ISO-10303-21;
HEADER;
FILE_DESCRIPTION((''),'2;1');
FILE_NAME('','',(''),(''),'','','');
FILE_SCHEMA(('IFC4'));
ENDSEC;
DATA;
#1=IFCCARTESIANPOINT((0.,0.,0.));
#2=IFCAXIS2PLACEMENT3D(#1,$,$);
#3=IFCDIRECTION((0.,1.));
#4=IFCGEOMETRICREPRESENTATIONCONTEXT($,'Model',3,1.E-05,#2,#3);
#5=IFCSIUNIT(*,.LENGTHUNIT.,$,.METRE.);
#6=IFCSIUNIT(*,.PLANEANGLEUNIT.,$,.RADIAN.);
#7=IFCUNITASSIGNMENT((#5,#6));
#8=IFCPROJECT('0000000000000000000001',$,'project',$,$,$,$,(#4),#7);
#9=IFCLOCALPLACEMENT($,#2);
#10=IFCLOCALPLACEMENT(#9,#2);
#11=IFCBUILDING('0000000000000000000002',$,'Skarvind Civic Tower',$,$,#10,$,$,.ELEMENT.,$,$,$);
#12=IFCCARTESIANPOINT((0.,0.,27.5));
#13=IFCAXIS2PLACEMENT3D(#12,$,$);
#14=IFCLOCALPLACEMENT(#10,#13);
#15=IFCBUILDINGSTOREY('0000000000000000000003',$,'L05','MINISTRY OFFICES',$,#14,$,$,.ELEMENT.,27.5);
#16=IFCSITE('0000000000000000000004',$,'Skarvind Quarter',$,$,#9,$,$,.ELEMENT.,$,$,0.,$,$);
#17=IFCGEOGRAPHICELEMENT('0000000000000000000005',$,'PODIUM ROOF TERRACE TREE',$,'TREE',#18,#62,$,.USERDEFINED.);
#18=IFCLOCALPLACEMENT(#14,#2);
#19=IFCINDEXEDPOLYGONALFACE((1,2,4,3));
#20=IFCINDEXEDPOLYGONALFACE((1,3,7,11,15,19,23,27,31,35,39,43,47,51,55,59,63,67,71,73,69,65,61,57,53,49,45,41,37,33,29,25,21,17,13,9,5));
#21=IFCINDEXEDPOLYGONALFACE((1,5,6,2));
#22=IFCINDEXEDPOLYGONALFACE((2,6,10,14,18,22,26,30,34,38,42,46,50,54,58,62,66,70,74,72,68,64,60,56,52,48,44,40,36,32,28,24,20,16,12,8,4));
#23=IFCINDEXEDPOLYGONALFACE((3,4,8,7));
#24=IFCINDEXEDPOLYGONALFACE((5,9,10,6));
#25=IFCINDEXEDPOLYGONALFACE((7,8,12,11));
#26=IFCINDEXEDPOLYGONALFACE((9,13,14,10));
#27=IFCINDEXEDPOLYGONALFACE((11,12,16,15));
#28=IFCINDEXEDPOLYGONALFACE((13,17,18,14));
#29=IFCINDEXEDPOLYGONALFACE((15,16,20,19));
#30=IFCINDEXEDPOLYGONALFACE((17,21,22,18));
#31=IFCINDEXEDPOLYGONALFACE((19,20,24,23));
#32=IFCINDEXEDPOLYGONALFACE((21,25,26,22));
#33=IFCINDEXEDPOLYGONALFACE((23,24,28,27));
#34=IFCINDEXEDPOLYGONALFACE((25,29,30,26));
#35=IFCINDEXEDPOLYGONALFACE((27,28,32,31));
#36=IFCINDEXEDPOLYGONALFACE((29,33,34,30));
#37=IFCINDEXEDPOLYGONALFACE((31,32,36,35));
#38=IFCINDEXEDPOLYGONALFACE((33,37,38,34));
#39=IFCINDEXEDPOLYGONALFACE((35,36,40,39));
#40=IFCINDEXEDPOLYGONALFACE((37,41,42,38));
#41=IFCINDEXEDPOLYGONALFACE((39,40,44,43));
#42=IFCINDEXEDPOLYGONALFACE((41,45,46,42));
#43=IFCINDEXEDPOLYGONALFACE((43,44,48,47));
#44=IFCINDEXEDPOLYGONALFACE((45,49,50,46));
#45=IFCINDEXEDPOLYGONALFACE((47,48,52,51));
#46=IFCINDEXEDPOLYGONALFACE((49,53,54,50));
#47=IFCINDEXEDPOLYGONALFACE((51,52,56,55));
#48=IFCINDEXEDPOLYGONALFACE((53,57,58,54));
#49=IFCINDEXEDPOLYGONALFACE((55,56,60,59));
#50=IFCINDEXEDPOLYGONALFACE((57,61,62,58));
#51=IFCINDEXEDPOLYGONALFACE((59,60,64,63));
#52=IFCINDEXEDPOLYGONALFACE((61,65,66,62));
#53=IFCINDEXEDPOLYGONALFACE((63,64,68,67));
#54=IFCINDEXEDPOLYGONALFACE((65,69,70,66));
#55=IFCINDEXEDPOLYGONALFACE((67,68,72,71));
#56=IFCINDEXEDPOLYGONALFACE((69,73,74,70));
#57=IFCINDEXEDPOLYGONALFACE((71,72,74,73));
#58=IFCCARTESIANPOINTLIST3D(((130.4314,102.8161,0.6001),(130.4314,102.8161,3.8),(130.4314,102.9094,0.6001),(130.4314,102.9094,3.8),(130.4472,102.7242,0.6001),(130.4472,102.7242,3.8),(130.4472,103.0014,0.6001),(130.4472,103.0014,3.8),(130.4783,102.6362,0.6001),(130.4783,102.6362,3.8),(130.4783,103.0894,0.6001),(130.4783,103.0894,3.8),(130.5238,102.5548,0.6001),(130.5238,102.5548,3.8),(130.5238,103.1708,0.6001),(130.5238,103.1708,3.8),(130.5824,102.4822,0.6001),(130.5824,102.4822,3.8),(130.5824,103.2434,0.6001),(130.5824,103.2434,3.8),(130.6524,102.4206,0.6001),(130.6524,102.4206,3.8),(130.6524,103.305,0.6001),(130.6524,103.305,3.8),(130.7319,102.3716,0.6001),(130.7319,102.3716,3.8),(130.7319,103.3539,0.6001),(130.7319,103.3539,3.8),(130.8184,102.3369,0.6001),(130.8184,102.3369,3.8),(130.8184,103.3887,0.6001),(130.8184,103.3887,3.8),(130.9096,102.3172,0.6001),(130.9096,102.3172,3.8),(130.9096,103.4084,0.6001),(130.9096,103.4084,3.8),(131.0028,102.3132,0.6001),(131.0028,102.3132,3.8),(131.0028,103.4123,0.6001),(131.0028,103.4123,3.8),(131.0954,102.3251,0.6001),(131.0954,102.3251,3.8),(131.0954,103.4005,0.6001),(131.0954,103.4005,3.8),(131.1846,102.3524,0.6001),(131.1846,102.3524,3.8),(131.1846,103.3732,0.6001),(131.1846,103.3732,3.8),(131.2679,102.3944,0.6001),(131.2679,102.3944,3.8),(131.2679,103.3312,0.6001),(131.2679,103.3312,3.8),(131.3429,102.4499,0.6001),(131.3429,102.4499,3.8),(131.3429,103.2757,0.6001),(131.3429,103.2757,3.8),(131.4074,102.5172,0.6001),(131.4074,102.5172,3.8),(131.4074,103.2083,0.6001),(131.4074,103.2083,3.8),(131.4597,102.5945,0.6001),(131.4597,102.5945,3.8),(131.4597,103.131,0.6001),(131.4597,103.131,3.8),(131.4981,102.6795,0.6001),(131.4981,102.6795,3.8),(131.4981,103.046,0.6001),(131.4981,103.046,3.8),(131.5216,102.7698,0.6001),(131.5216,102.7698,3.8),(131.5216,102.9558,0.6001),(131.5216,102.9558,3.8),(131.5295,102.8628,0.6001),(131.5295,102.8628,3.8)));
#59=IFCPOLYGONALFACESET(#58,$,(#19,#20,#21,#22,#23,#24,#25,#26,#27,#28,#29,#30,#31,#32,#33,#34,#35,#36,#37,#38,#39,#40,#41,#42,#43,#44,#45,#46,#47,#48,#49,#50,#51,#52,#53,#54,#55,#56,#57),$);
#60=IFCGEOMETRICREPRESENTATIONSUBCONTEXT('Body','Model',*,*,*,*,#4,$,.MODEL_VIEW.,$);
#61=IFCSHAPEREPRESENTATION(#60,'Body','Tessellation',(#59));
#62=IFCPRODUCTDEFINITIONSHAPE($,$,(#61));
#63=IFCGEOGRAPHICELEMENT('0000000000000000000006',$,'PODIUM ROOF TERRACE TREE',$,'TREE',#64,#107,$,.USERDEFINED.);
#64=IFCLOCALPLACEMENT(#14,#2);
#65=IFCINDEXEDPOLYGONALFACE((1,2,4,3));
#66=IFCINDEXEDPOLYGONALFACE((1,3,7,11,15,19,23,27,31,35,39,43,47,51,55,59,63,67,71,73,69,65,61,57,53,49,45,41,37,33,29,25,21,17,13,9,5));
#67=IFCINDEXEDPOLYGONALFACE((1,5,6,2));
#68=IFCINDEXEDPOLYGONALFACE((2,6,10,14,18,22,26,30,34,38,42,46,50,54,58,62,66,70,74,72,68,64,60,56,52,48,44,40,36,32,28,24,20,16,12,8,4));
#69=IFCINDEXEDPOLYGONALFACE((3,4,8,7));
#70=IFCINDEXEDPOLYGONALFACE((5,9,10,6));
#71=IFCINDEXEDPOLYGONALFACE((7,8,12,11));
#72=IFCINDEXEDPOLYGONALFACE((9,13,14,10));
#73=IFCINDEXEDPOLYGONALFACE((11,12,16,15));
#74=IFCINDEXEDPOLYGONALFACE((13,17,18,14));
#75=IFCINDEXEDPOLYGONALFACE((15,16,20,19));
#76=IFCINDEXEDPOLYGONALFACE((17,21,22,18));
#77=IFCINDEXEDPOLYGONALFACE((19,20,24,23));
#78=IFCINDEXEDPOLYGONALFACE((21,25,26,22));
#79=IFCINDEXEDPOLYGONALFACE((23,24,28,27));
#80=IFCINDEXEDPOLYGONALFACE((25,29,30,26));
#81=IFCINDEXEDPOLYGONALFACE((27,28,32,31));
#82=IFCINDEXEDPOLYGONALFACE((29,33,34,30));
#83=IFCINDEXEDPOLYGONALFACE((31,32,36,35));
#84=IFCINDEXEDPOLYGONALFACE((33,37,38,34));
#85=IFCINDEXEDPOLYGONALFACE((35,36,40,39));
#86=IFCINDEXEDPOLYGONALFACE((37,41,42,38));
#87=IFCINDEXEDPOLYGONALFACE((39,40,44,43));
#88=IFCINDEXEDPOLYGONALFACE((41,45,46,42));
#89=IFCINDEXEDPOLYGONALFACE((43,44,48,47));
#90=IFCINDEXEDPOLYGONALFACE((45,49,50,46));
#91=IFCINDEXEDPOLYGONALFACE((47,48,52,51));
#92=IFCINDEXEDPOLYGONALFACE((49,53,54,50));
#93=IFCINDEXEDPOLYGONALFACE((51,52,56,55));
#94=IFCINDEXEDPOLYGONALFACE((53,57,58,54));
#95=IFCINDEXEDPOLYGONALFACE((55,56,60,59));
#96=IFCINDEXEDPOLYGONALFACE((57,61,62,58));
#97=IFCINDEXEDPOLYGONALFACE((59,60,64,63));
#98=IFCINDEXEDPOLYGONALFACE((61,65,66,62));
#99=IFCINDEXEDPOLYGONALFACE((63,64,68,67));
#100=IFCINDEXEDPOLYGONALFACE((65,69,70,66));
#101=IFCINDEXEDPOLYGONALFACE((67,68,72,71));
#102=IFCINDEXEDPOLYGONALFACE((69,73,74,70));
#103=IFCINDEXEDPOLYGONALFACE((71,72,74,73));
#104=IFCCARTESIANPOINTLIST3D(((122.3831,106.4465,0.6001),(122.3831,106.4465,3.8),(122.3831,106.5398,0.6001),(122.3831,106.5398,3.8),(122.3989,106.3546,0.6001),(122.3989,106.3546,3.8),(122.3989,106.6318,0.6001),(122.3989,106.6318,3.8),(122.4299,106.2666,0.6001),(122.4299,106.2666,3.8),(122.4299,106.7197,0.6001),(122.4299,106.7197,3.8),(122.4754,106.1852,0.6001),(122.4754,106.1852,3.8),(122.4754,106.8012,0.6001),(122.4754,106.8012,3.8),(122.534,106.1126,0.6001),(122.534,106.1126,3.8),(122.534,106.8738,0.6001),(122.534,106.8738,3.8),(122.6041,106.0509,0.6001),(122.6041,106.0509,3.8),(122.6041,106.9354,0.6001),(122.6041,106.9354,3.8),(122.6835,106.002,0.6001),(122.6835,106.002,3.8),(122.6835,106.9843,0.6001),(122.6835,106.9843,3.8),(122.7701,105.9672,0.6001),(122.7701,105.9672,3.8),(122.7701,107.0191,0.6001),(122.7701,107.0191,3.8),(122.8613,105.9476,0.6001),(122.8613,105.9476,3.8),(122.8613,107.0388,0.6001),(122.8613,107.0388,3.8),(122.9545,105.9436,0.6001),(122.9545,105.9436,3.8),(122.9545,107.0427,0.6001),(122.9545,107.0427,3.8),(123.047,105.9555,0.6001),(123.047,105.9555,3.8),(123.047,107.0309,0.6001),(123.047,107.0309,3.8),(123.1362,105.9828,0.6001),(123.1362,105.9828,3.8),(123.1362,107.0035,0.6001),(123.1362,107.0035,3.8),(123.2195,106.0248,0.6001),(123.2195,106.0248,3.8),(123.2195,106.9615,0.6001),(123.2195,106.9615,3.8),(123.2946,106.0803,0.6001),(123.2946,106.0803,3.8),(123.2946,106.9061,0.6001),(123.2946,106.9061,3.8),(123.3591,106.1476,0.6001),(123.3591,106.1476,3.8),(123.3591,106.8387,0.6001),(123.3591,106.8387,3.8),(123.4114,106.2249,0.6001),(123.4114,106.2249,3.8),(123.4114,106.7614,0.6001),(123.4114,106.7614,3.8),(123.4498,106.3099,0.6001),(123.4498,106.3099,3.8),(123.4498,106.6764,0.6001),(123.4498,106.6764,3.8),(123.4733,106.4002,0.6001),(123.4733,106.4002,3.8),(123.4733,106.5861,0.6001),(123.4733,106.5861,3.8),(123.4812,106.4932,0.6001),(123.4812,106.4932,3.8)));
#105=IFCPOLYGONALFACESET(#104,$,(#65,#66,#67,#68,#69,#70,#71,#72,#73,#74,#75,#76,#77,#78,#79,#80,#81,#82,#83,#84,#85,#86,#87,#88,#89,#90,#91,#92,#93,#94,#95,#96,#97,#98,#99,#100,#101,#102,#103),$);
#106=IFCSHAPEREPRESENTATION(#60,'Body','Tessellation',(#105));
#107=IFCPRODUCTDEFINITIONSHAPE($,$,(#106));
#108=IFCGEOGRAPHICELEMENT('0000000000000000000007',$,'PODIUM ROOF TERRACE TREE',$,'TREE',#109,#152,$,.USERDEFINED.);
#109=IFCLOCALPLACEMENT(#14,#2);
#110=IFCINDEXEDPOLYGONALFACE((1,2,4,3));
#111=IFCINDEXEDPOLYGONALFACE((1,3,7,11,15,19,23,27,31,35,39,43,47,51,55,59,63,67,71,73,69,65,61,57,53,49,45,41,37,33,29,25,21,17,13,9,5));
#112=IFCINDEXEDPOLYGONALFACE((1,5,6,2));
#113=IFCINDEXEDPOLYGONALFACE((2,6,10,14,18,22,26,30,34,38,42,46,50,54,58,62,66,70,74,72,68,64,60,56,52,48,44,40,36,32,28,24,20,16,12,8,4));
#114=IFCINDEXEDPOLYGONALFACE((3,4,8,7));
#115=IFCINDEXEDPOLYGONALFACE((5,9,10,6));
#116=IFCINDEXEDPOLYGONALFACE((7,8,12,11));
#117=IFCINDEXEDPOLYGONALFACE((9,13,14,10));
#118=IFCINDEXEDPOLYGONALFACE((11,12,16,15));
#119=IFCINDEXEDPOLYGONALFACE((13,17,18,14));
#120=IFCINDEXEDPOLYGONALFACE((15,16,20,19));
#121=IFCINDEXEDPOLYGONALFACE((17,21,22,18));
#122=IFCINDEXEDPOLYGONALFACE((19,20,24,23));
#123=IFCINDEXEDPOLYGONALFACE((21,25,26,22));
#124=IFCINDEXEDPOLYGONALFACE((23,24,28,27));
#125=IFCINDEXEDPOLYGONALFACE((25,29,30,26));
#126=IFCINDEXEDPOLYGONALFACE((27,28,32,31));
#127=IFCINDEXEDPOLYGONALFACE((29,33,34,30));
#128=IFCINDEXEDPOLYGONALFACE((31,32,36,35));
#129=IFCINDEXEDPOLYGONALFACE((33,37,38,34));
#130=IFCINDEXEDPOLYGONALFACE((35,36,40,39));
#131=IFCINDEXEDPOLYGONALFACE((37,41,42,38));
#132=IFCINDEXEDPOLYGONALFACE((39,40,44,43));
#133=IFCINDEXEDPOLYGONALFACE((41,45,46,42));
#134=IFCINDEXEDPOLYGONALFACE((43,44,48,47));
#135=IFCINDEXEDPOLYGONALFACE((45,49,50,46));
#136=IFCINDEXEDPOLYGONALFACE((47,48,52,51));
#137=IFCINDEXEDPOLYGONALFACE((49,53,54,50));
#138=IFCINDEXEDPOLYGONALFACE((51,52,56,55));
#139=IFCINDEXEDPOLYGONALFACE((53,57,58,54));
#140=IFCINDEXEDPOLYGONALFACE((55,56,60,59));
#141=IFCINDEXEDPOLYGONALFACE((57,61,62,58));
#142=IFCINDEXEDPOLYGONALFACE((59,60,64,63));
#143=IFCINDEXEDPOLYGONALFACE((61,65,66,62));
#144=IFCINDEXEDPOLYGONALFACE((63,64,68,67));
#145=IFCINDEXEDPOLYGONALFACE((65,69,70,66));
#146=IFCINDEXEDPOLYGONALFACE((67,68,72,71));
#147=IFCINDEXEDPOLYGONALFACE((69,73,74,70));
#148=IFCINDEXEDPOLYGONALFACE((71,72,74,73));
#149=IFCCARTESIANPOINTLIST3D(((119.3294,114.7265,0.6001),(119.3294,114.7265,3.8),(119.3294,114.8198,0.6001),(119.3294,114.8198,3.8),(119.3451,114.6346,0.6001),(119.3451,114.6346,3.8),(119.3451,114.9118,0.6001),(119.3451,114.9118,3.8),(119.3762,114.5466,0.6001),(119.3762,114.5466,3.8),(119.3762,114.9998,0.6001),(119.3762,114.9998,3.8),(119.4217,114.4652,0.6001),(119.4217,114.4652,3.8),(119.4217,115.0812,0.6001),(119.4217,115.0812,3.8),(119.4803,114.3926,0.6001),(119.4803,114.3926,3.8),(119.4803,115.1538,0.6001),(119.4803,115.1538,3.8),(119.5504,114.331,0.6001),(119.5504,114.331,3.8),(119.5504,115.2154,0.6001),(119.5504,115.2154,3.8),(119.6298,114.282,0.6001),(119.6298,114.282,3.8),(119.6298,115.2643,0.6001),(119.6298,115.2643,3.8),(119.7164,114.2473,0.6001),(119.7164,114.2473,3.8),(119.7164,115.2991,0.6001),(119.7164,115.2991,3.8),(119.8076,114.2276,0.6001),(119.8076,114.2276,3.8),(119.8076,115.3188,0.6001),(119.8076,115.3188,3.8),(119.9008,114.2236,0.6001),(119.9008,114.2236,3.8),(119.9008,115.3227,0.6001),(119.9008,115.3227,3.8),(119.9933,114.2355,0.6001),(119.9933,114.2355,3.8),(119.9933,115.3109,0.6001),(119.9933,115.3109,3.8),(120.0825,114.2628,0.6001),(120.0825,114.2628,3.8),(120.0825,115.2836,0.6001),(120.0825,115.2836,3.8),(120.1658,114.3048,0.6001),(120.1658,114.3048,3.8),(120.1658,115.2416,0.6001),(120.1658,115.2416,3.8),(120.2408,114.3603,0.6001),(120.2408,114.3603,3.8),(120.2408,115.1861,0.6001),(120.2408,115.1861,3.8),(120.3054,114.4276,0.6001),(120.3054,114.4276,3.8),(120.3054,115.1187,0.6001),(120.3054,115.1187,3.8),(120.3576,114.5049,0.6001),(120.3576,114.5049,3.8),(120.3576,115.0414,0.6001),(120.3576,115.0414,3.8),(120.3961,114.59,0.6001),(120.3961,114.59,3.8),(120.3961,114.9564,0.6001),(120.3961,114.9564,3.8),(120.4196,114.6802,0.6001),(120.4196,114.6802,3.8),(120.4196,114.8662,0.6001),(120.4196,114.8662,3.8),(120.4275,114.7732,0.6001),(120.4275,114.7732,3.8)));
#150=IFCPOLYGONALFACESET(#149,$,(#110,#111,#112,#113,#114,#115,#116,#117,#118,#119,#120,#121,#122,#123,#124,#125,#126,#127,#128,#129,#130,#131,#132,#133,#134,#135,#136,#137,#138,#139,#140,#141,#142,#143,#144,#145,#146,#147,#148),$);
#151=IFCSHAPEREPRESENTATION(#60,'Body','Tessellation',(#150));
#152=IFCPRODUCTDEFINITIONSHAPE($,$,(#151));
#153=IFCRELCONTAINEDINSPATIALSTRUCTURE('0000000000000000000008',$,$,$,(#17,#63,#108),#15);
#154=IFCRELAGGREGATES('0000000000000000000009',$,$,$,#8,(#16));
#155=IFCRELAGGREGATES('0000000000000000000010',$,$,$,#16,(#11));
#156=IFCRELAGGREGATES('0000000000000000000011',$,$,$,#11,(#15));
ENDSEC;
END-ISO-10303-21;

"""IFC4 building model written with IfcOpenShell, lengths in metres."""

from ifc_helpers import new_model, si_unit, direction, frame, origin, origin_2d, place, context, subcontext, project, spatial, circle, extrude, element, save


model = new_model("IFC4")

# Units and contexts
model_context = context("Model", 3, precision=1e-05, world=origin(), true_north=direction((0.0, 1.0)))
body_context = subcontext(model_context, "Body", "Model", "MODEL_VIEW")
ifc_project = project(units=[si_unit("LENGTHUNIT", "METRE"), si_unit("PLANEANGLEUNIT", "RADIAN")], contexts=[model_context])

# Site, building, storey
site_placement = place(None, origin())
site = spatial("IfcSite", under=ifc_project, at=site_placement, Name="Skarvind Quarter", CompositionType="ELEMENT", RefElevation=0.0)
building_placement = place(site_placement, origin())
building = spatial("IfcBuilding", under=site, at=building_placement, Name="Skarvind Civic Tower", CompositionType="ELEMENT")
storey_placement = place(building_placement, frame((0.0, 0.0, 27.5)))
storey = spatial("IfcBuildingStorey", under=building, at=storey_placement, Name="L05", Description="MINISTRY OFFICES", CompositionType="ELEMENT", Elevation=27.5)

# Geographic elements
for number, where, z_axis, x_axis, name in (
    (1, (130.9795, 102.8628, 0.6001), (0.0, 0.0, 1.0), (1.0, 0.0, 0.0), "PODIUM ROOF TERRACE TREE"),
    (2, (122.9312, 106.4932, 0.6001), (0.0, 0.0, 1.0), (1.0, 0.0, 0.0), "PODIUM ROOF TERRACE TREE"),
    (3, (119.8774, 114.7732, 0.6001), (0.0, 0.0, 1.0), (1.0, 0.0, 0.0), "PODIUM ROOF TERRACE TREE"),
):
    element("IfcGeographicElement", number, at=place(storey_placement, frame(where, z_axis=z_axis, x_axis=x_axis)), inside=storey, Name=name, ObjectType="TREE", PredefinedType="USERDEFINED", context=body_context, shape_type="SweptSolid", body=[
        extrude(circle(Radius=0.55, at=origin_2d()), origin(), (0.0, 0.0, 1.0), 3.2),
    ])

save(model, "model.ifc")
